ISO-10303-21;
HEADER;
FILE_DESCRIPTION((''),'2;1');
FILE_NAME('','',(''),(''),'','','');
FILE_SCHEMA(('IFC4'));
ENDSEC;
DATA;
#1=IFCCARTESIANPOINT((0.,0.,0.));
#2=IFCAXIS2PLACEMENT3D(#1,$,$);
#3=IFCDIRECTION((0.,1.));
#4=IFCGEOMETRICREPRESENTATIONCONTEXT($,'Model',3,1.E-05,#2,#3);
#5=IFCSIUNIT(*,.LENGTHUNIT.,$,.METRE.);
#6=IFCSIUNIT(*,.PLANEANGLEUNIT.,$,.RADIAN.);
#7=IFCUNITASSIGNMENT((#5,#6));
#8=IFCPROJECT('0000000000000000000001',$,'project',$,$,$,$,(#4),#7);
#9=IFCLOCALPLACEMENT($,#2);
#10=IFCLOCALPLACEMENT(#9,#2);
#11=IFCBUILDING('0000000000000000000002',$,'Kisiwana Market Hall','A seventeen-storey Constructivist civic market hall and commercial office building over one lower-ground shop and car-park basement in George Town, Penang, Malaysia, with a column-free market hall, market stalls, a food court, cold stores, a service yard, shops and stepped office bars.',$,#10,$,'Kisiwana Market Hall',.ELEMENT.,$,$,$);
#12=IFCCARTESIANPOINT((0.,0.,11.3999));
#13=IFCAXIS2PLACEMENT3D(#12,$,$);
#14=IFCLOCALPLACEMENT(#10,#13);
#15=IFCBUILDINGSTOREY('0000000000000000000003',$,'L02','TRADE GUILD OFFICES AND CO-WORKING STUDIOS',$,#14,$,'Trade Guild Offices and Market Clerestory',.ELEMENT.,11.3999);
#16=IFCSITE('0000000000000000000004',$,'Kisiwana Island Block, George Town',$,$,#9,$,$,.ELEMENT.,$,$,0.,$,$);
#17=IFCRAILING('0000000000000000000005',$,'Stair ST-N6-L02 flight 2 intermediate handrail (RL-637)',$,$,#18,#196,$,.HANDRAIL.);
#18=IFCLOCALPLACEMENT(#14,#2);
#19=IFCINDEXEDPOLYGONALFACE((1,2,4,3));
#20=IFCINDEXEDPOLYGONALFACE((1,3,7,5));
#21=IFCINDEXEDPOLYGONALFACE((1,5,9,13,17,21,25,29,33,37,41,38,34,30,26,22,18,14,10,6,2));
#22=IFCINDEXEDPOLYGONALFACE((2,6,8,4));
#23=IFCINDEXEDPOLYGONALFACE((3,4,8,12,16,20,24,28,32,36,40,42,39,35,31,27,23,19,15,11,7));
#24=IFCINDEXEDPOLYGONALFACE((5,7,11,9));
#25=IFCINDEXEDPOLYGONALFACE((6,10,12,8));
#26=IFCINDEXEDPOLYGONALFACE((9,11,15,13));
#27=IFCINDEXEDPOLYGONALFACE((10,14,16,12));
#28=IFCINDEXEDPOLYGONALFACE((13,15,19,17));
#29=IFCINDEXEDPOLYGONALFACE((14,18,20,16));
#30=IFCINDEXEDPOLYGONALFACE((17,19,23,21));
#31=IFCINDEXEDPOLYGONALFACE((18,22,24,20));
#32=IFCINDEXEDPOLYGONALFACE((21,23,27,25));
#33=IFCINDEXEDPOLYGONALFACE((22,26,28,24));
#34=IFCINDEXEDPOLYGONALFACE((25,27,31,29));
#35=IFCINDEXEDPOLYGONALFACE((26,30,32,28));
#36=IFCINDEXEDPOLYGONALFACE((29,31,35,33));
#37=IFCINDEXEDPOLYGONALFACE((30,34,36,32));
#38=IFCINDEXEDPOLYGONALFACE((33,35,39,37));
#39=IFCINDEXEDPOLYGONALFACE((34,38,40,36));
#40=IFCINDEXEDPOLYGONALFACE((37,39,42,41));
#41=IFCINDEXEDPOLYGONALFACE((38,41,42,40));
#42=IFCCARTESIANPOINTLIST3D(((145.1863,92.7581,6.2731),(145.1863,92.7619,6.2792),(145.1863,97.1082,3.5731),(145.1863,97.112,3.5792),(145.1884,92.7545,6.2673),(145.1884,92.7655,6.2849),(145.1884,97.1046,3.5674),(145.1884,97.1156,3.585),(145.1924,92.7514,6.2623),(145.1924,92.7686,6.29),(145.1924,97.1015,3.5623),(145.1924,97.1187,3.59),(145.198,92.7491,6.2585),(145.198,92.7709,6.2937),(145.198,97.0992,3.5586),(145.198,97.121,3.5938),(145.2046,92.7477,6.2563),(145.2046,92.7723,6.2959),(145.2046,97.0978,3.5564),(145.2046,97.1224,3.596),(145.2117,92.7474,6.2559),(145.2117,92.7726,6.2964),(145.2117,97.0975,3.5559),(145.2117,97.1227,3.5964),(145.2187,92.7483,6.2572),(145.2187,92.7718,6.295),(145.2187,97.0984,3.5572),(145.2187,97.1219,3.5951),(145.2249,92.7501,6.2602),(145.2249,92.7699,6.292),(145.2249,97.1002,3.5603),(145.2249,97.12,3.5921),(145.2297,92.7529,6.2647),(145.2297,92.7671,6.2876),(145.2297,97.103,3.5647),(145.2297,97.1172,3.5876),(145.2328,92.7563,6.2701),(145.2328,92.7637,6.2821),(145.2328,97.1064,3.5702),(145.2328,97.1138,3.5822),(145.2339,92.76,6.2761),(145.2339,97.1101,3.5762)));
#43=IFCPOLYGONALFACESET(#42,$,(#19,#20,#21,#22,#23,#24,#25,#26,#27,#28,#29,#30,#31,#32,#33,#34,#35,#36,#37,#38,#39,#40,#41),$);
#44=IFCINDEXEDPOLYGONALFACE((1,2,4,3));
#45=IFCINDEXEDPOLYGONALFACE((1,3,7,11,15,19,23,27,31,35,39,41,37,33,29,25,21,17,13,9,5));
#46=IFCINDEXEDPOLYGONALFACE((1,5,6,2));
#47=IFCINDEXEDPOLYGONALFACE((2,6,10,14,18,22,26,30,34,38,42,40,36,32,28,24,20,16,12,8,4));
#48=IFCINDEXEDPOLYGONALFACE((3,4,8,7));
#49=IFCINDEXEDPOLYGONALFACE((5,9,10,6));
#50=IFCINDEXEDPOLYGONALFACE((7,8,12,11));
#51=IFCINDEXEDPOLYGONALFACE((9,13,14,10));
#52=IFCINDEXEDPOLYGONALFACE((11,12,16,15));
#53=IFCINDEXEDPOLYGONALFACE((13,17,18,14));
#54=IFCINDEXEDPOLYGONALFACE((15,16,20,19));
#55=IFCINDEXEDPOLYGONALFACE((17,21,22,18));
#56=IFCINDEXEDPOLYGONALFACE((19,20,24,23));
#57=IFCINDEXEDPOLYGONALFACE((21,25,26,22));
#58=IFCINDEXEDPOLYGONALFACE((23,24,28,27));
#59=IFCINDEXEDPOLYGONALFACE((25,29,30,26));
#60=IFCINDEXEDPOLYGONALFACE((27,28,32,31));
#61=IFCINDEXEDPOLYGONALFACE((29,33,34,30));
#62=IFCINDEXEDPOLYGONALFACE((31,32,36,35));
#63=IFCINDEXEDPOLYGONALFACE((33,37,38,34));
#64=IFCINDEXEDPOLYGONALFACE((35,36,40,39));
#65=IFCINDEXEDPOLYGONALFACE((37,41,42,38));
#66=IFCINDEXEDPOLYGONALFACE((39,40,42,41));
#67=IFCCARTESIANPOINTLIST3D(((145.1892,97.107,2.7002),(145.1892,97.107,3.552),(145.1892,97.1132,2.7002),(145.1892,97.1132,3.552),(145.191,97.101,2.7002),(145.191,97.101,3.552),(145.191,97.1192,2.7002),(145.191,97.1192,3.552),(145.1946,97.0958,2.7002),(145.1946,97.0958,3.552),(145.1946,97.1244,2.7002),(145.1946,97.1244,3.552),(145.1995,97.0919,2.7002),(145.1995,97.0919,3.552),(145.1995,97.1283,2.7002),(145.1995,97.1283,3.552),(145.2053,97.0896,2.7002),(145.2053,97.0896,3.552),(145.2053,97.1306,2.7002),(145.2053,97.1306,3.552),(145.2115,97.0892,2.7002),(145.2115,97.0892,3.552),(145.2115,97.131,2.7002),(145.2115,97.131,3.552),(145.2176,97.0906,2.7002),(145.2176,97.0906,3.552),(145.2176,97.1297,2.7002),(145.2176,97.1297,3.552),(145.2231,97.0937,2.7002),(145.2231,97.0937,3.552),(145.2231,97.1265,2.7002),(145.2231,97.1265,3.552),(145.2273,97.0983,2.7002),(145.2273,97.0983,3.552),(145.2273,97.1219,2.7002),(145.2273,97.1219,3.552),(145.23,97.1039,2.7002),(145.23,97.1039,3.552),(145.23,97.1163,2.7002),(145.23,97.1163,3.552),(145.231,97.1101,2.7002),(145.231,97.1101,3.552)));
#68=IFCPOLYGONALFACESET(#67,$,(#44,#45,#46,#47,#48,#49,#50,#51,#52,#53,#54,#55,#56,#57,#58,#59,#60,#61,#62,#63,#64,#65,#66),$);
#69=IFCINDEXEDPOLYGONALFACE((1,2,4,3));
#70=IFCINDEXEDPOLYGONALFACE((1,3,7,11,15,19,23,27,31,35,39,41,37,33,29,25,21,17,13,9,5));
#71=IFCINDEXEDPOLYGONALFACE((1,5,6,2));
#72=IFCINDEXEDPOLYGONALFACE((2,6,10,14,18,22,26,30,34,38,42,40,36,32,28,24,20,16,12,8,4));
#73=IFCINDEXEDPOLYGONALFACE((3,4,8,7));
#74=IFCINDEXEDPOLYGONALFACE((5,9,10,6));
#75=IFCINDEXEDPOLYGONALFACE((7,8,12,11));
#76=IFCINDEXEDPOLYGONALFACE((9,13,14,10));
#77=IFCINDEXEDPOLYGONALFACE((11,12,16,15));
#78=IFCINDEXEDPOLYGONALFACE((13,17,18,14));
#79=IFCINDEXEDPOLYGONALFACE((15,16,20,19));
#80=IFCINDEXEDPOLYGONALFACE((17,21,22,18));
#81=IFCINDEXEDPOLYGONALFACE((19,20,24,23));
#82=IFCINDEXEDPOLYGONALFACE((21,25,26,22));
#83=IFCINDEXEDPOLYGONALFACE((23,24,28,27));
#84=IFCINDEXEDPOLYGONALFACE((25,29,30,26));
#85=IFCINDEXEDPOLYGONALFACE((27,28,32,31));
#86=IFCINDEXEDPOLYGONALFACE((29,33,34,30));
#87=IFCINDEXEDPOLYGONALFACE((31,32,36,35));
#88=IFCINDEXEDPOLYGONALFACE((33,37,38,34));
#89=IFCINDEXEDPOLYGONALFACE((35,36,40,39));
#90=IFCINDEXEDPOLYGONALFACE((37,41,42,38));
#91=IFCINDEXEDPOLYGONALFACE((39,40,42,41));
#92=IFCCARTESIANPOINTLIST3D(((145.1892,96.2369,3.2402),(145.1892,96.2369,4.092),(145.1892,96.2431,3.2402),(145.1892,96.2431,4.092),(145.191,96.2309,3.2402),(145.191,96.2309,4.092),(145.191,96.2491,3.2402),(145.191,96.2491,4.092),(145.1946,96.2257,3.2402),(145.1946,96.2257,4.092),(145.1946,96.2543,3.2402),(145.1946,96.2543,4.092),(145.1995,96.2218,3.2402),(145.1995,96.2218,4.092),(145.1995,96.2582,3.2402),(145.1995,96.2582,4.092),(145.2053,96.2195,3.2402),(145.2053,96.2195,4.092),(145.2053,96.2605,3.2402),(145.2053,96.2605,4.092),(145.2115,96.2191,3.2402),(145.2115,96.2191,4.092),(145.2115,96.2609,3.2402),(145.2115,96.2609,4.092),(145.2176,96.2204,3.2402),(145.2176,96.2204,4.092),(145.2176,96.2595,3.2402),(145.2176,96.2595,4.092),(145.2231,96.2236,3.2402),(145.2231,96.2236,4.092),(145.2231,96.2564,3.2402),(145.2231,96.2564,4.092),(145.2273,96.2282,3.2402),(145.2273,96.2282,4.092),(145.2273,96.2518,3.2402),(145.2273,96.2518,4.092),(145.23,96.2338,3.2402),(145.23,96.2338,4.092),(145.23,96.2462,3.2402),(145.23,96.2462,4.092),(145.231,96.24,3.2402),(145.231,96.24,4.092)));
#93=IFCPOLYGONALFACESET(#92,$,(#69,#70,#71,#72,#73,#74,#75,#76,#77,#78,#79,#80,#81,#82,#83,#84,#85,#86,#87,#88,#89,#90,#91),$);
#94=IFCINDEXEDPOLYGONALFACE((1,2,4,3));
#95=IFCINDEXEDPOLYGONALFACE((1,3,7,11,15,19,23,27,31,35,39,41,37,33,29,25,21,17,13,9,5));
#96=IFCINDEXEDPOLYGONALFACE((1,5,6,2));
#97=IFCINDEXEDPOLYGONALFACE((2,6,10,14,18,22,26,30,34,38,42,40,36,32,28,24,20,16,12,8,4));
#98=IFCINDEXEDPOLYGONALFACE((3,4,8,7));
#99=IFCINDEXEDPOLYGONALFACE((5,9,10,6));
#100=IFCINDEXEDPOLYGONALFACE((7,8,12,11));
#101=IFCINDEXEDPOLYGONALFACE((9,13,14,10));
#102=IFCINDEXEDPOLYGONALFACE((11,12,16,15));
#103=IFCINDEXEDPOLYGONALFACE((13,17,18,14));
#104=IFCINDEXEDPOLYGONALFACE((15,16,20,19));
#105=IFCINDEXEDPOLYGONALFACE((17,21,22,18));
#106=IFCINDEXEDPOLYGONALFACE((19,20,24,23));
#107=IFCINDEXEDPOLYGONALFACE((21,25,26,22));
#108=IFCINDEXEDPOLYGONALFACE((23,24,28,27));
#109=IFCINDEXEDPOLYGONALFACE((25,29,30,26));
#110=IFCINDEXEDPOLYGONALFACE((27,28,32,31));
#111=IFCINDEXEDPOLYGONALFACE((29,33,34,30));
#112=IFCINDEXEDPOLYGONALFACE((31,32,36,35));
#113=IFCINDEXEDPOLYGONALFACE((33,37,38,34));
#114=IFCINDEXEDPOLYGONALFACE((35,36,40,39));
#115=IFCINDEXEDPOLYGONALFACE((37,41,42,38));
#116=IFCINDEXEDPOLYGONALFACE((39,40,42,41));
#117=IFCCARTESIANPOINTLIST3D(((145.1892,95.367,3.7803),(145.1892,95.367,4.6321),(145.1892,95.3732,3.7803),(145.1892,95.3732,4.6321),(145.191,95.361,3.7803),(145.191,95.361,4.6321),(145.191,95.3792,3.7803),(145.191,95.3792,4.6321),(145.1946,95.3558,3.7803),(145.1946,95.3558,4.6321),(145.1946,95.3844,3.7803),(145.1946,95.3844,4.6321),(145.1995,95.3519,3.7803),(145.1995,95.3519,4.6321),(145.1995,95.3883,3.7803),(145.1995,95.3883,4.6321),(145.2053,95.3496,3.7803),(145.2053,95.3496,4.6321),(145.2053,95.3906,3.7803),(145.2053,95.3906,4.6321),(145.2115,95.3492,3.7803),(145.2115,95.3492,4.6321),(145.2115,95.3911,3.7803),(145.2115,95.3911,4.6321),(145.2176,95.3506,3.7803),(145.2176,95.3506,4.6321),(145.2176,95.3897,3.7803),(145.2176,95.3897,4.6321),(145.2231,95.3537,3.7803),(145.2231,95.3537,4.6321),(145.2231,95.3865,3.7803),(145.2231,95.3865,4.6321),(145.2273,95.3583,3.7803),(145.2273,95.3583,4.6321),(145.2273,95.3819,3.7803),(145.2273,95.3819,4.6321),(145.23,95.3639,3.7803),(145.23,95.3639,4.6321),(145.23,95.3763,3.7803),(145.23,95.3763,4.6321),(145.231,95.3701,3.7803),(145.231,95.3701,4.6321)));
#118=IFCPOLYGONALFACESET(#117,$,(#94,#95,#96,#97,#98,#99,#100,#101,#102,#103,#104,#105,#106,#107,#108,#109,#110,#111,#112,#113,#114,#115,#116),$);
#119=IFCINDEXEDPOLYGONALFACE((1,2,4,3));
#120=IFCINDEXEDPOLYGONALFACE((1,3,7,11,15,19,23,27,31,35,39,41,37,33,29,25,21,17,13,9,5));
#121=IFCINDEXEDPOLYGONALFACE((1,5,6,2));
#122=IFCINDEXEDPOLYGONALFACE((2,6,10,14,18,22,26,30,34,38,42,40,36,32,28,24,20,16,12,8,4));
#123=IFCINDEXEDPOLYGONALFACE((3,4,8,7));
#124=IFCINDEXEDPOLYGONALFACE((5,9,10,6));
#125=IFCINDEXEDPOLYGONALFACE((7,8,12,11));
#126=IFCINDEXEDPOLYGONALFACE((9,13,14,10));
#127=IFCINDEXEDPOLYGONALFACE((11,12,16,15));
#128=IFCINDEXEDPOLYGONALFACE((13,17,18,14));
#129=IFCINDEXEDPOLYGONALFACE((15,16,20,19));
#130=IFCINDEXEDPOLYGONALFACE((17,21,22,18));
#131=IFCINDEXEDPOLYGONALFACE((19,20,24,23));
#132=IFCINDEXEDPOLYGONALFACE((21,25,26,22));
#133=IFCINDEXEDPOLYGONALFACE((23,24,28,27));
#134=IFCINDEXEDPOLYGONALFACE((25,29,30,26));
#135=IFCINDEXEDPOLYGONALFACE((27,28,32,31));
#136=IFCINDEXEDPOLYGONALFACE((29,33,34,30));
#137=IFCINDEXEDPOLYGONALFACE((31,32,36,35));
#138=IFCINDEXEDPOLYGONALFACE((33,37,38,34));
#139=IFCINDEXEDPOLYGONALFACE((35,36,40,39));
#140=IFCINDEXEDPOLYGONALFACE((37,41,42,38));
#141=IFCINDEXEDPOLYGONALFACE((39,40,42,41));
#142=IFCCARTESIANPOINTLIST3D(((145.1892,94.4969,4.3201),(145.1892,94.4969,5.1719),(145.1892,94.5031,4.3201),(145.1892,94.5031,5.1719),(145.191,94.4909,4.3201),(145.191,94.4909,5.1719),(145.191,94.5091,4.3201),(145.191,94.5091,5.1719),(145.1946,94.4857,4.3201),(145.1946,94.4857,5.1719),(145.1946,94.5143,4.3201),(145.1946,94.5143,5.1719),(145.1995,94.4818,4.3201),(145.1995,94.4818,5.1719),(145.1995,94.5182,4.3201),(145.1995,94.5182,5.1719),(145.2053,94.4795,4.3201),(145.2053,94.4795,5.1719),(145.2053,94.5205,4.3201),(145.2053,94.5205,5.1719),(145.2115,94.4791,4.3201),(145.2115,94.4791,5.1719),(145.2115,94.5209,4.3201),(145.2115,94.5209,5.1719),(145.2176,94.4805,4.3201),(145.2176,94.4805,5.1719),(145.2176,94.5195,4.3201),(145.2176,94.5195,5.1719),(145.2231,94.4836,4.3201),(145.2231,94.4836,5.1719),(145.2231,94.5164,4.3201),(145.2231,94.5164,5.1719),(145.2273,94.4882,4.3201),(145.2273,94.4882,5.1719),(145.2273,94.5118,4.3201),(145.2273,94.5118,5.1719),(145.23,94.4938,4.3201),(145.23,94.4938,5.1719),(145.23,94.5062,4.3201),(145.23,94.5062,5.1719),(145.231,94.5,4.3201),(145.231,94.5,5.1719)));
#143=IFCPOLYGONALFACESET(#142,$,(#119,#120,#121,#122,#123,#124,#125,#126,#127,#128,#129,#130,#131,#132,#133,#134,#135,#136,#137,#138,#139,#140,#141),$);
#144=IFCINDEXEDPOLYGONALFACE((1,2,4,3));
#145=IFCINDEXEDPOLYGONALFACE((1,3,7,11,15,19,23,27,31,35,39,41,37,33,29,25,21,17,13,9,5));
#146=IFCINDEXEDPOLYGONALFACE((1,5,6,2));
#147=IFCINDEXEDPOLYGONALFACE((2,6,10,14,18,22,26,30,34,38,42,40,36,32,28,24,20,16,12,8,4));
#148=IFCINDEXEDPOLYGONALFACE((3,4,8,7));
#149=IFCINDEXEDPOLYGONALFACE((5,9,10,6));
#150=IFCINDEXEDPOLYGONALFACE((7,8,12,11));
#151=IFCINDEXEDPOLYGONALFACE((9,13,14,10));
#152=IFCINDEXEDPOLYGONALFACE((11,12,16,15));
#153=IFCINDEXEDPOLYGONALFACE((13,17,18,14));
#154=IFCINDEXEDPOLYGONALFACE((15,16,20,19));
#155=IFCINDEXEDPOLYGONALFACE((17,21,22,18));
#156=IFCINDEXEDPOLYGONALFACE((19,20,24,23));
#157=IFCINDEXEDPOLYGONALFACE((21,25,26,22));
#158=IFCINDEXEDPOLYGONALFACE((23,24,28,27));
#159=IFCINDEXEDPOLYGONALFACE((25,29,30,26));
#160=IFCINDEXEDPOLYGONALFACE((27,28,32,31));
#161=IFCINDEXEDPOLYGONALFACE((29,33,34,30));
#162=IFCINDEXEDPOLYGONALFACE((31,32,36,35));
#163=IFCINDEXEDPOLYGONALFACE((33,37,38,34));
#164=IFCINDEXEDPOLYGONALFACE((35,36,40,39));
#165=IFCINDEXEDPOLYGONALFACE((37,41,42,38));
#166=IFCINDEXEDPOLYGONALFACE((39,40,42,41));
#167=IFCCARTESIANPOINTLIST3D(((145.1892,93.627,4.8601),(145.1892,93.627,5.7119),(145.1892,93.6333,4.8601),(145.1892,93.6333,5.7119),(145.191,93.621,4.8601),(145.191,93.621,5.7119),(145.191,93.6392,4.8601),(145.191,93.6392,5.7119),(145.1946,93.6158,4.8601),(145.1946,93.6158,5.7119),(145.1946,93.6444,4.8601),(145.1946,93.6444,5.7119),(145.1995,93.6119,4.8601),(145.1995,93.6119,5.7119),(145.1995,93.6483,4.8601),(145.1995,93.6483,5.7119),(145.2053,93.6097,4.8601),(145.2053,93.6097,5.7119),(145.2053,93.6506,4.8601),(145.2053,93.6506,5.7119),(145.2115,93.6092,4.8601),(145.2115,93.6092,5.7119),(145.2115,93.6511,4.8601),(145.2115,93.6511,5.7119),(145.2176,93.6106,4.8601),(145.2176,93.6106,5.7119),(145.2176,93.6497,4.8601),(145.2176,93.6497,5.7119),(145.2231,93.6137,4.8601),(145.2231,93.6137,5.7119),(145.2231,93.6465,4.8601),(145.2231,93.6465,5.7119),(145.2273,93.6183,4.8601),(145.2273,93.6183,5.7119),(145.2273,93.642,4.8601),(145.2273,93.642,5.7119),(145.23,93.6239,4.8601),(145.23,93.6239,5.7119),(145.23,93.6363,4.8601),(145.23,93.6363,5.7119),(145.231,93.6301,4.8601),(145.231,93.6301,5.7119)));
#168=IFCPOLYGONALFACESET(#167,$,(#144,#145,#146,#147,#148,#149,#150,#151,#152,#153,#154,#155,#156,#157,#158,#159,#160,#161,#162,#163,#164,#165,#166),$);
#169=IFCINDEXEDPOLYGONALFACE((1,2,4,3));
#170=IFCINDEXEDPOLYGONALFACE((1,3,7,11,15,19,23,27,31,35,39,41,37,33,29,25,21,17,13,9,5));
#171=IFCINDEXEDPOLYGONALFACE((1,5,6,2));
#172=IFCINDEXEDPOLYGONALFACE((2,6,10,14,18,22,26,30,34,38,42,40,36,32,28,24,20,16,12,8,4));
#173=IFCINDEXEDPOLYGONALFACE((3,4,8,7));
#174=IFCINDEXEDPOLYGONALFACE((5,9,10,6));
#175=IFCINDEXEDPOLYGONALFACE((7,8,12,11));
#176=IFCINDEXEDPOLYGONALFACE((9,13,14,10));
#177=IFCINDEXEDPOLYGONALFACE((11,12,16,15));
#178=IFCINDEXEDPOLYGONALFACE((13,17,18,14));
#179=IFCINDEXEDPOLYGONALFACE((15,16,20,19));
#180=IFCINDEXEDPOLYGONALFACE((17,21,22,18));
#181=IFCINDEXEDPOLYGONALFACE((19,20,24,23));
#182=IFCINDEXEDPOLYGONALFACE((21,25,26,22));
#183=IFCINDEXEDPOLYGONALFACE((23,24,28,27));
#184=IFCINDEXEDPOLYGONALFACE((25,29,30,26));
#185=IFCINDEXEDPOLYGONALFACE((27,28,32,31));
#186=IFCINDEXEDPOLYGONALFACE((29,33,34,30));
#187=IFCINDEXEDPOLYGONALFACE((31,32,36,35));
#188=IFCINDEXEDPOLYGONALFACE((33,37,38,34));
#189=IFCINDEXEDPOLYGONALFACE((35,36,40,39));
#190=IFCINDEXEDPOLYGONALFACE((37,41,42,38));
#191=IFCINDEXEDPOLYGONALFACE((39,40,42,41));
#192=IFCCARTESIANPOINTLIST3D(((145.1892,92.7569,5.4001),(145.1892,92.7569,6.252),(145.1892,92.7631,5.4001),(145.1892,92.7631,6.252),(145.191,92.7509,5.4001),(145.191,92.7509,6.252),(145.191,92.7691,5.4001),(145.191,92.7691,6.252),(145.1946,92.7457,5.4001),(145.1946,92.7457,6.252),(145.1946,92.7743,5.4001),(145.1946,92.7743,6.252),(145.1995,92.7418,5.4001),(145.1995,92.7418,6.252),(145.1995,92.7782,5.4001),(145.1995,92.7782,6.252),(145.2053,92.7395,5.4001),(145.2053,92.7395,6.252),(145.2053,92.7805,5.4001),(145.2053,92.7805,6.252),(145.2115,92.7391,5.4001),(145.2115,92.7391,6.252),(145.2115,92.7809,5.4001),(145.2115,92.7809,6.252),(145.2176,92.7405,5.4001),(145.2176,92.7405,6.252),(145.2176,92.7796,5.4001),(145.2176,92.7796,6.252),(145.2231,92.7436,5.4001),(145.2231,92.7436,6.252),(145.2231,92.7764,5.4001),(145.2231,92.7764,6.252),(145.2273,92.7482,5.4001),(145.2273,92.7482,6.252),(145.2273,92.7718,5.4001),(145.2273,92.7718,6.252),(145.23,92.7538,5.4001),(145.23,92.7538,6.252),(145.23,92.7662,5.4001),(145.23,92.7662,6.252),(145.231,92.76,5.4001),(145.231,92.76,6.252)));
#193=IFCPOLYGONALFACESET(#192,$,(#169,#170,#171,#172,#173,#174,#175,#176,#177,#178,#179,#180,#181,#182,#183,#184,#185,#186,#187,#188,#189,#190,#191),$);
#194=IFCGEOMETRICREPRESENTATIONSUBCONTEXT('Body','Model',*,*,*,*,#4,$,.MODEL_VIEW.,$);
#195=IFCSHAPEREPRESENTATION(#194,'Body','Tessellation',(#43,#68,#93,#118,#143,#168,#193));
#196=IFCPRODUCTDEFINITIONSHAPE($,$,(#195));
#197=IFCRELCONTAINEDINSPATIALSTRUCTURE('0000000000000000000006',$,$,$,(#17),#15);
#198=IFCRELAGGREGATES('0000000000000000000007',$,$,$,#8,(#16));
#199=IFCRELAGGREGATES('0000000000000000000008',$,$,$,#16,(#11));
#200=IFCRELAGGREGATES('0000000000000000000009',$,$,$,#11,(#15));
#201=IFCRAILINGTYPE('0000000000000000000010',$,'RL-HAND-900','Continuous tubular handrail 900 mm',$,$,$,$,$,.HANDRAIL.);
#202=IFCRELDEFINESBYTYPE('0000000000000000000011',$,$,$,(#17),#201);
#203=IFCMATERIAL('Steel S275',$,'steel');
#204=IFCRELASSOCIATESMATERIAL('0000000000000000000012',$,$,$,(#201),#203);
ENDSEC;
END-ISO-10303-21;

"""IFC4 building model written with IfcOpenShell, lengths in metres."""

from ifc_helpers import new_model, si_unit, direction, frame, origin, origin_2d, place, context, subcontext, project, spatial, circle, extrude, material, type_object, element, save


model = new_model("IFC4")

# Units and contexts
model_context = context("Model", 3, precision=1e-05, world=origin(), true_north=direction((0.0, 1.0)))
body_context = subcontext(model_context, "Body", "Model", "MODEL_VIEW")
ifc_project = project(units=[si_unit("LENGTHUNIT", "METRE"), si_unit("PLANEANGLEUNIT", "RADIAN")], contexts=[model_context])

# Site, building, storey
site_placement = place(None, origin())
site = spatial("IfcSite", under=ifc_project, at=site_placement, Name="Kisiwana Island Block, George Town", CompositionType="ELEMENT", RefElevation=0.0)
building_placement = place(site_placement, origin())
building = spatial("IfcBuilding", under=site, at=building_placement, Name="Kisiwana Market Hall", Description="A seventeen-storey Constructivist civic market hall and commercial office building over one lower-ground shop and car-park basement in George Town, Penang, Malaysia, with a column-free market hall, market stalls, a food court, cold stores, a service yard, shops and stepped office bars.", LongName="Kisiwana Market Hall", CompositionType="ELEMENT")
storey_placement = place(building_placement, frame((0.0, 0.0, 11.3999)))
storey = spatial("IfcBuildingStorey", under=building, at=storey_placement, Name="L02", Description="TRADE GUILD OFFICES AND CO-WORKING STUDIOS", LongName="Trade Guild Offices and Market Clerestory", CompositionType="ELEMENT", Elevation=11.3999)

# Railing
ifc_material_1 = material(Name="Steel S275", Category="steel")
railing_type_1 = type_object("IfcRailingType", Name="RL-HAND-900", Description="Continuous tubular handrail 900 mm", PredefinedType="HANDRAIL", material=ifc_material_1)
railing_1_placement = place(storey_placement, frame((145.21, 97.1101, 2.7002)))
element("IfcRailing", 1, at=railing_1_placement, inside=storey, type_object=railing_type_1, Name="Stair ST-N6-L02 flight 2 intermediate handrail (RL-637)", PredefinedType="HANDRAIL", context=body_context, shape_type="SweptSolid", body=[
    extrude(circle(Radius=0.0239, at=origin_2d()), frame((0.0, 0.0, 0.876), z_axis=(0.0, -0.84965, 0.527347), x_axis=(1.0, 0.0, 0.0)), (0.0, 0.0, 1.0), 5.1199),
    extrude(circle(Radius=0.021, at=origin_2d()), origin(), (0.0, 0.0, 1.0), 0.8518),
    extrude(circle(Radius=0.021, at=origin_2d()), frame((0.0, -0.8701, 0.54)), (0.0, 0.0, 1.0), 0.8518),
    extrude(circle(Radius=0.021, at=origin_2d()), frame((0.0, -1.74, 1.0801)), (0.0, 0.0, 1.0), 0.8518),
    extrude(circle(Radius=0.021, at=origin_2d()), frame((0.0, -2.6101, 1.6199)), (0.0, 0.0, 1.0), 0.8518),
    extrude(circle(Radius=0.021, at=origin_2d()), frame((0.0, -3.48, 2.1599)), (0.0, 0.0, 1.0), 0.8518),
    extrude(circle(Radius=0.021, at=origin_2d()), frame((0.0, -4.3501, 2.7)), (0.0, 0.0, 1.0), 0.8518),
])

save(model, "model.ifc")
